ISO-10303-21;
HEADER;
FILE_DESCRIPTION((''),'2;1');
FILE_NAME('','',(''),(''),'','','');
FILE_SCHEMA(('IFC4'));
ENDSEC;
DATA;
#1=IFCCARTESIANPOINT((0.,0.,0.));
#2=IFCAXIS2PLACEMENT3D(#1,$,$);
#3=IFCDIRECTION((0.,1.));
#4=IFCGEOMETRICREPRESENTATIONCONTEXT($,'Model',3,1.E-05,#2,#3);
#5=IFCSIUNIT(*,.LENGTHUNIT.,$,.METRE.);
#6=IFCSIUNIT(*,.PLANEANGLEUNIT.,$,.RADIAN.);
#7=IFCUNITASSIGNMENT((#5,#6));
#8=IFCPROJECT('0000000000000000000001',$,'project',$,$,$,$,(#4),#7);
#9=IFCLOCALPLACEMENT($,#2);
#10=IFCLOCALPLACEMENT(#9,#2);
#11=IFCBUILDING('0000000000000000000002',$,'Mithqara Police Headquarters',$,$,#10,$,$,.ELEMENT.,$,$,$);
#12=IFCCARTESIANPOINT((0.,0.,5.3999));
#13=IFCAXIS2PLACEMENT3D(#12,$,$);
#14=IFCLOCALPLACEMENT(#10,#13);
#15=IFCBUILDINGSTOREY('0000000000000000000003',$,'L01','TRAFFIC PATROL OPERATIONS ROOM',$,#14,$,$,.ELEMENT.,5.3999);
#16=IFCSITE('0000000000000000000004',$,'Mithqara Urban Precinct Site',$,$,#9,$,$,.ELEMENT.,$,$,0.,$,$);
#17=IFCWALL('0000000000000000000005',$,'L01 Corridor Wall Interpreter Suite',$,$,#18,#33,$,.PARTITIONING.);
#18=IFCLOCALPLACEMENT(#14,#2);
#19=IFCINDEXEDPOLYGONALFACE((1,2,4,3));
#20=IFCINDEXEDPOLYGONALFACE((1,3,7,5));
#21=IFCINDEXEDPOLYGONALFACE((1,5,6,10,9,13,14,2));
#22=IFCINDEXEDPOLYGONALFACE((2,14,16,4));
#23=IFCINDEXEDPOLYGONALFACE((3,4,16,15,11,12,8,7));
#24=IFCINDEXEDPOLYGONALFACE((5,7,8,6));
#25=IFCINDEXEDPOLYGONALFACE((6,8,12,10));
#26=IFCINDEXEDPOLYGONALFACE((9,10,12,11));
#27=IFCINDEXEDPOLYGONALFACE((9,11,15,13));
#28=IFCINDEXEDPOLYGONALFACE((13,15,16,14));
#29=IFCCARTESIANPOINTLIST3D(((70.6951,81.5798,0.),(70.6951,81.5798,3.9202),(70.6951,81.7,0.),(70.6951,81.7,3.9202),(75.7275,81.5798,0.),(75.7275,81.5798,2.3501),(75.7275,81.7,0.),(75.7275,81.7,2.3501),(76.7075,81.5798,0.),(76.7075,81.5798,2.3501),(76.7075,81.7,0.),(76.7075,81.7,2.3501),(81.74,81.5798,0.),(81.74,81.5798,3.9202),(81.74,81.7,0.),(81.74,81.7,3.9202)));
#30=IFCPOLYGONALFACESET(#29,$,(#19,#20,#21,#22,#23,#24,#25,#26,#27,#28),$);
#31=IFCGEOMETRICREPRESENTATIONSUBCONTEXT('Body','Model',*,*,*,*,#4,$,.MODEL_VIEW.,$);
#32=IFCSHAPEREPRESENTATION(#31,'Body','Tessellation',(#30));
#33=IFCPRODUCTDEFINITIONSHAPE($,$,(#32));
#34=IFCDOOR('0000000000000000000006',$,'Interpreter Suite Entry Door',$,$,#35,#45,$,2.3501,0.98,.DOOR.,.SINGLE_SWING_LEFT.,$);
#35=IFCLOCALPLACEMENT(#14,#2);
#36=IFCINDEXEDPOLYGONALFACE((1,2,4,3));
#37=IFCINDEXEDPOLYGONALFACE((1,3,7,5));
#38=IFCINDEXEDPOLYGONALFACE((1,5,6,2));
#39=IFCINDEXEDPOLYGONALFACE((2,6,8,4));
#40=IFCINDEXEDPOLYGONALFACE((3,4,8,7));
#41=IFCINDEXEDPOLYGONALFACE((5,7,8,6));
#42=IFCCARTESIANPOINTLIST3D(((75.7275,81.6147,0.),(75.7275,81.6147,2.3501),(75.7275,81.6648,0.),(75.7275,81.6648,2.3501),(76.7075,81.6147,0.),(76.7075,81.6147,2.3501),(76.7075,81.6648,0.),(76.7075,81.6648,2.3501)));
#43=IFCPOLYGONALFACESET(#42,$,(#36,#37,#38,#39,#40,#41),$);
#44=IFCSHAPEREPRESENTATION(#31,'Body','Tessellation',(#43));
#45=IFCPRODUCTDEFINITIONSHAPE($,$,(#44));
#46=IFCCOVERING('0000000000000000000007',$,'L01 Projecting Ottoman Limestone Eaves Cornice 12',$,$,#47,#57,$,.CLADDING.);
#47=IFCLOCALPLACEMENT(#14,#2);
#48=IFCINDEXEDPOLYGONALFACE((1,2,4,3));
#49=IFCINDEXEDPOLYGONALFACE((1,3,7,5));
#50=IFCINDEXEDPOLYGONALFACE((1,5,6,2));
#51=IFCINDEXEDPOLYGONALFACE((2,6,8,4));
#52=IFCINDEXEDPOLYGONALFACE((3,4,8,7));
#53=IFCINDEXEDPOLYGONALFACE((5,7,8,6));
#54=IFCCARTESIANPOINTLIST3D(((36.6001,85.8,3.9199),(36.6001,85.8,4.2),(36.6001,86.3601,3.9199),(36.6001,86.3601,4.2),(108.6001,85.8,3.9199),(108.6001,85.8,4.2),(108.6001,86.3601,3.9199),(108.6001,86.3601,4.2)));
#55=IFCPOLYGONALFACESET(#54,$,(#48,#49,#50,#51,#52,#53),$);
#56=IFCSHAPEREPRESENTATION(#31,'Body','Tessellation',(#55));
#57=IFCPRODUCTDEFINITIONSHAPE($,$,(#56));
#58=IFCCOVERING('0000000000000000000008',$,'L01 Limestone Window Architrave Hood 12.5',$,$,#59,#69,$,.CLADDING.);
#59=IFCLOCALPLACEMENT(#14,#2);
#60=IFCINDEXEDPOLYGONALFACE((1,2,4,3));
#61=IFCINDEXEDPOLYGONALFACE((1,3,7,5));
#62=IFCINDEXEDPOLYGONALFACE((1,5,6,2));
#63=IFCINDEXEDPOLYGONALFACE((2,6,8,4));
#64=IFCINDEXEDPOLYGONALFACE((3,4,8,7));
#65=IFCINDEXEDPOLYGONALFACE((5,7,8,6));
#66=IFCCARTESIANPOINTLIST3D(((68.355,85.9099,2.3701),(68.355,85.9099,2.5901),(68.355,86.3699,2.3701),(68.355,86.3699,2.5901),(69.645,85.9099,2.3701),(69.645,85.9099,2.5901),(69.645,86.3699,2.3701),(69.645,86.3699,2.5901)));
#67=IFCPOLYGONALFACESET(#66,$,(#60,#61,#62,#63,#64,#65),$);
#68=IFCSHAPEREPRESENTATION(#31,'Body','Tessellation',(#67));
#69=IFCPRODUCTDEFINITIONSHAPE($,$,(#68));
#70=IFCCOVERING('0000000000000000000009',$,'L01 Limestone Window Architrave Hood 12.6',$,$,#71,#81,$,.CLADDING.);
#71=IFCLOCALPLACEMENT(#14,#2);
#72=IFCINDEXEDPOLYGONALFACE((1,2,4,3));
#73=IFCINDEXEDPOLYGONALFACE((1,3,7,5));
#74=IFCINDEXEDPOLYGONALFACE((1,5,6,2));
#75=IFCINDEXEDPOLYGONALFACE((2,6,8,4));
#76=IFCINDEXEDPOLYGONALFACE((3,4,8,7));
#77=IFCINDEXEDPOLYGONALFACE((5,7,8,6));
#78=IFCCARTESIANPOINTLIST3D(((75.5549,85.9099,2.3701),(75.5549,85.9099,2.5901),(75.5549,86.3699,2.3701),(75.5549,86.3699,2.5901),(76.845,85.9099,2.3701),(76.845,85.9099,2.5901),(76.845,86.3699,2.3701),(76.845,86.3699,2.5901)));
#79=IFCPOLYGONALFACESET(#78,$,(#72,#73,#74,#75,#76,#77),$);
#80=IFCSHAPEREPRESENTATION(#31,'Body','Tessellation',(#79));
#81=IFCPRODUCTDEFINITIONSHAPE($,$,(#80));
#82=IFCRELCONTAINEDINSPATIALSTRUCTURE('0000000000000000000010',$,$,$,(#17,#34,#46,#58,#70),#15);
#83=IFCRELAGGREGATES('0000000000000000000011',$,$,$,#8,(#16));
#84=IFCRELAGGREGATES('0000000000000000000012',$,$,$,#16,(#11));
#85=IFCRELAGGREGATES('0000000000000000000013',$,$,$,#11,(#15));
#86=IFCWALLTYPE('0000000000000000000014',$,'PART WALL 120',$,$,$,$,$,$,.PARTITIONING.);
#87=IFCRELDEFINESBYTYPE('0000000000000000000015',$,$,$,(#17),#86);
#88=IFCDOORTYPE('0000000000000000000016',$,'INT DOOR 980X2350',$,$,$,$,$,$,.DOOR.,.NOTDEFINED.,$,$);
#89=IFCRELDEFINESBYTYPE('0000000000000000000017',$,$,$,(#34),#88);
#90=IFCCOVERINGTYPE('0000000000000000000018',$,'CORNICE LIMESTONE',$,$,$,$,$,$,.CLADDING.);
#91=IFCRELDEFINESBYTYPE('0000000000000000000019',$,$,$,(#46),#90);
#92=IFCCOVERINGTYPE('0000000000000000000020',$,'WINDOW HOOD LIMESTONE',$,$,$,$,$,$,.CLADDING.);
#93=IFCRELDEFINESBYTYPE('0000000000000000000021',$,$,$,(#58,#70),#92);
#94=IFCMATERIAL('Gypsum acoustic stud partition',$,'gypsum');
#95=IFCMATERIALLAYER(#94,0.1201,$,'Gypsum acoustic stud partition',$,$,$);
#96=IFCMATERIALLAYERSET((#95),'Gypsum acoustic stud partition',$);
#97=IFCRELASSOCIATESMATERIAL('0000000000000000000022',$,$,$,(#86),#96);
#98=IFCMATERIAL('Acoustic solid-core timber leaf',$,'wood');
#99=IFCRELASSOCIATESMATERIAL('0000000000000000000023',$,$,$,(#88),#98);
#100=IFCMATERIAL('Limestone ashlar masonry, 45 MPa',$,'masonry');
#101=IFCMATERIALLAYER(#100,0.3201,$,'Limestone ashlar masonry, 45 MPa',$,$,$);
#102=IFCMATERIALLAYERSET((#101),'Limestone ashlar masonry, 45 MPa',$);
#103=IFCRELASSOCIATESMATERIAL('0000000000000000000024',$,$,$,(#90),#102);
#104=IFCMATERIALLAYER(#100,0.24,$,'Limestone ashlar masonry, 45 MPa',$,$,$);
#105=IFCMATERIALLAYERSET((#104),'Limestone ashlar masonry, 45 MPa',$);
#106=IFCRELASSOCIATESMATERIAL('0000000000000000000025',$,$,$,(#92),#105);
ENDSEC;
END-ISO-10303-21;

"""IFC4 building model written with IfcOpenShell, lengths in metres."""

from ifc_helpers import new_model, si_unit, direction, frame, frame_2d, origin, origin_2d, place, context, subcontext, project, spatial, rectangle, extrude, material, layer, layer_set, type_object, element, fill, save


model = new_model("IFC4")

# Units and contexts
model_context = context("Model", 3, precision=1e-05, world=origin(), true_north=direction((0.0, 1.0)))
body_context = subcontext(model_context, "Body", "Model", "MODEL_VIEW")
ifc_project = project(units=[si_unit("LENGTHUNIT", "METRE"), si_unit("PLANEANGLEUNIT", "RADIAN")], contexts=[model_context])

# Site, building, storey
site_placement = place(None, origin())
site = spatial("IfcSite", under=ifc_project, at=site_placement, Name="Mithqara Urban Precinct Site", CompositionType="ELEMENT", RefElevation=0.0)
building_placement = place(site_placement, origin())
building = spatial("IfcBuilding", under=site, at=building_placement, Name="Mithqara Police Headquarters", CompositionType="ELEMENT")
storey_placement = place(building_placement, frame((0.0, 0.0, 5.3999)))
storey = spatial("IfcBuildingStorey", under=building, at=storey_placement, Name="L01", Description="TRAFFIC PATROL OPERATIONS ROOM", CompositionType="ELEMENT", Elevation=5.3999)

# Shared definitions
ifc_material_1 = material(Name="Gypsum acoustic stud partition", Category="gypsum")
ifc_layer_1 = layer(ifc_material_1, 0.1201, Name="Gypsum acoustic stud partition")
ifc_layer_set_1 = layer_set([ifc_layer_1], Name="Gypsum acoustic stud partition")
wall_type = type_object("IfcWallType", Name="PART WALL 120", PredefinedType="PARTITIONING", material=ifc_layer_set_1)

# Wall, opening, door
wall_1_placement = place(storey_placement, frame((70.6951, 81.6399, 0.0), z_axis=(0.0, 0.0, 1.0), x_axis=(1.0, 0.0, 0.0)))
wall_1 = element("IfcWall", 1, at=wall_1_placement, inside=storey, type_object=wall_type, Name="L01 Corridor Wall Interpreter Suite", PredefinedType="PARTITIONING", context=body_context, shape_type="SweptSolid", body=[
    extrude(rectangle(XDim=11.0449, YDim=0.1201, at=frame_2d((5.5225, 0.0))), origin(), (0.0, 0.0, 1.0), 3.9202),
])
opening_placement = place(wall_1_placement, frame((5.0325, 0.0, 0.0)))
opening = element("IfcOpeningElement", 2, at=opening_placement, cuts=wall_1, PredefinedType="OPENING", context=body_context, shape_type="SweptSolid", body=[
    extrude(rectangle(XDim=0.98, YDim=2.3501, at=frame_2d((0.49, 1.175))), frame((0.0, 0.0701, 0.0), z_axis=(0.0, -1.0, 0.0), x_axis=(1.0, 0.0, 0.0)), (0.0, 0.0, 1.0), 0.1401),
])
ifc_material_2 = material(Name="Acoustic solid-core timber leaf", Category="wood")
door_type = type_object("IfcDoorType", Name="INT DOOR 980X2350", OperationType="NOTDEFINED", PredefinedType="DOOR", material=ifc_material_2)
door_placement = place(opening_placement, origin())
door = element("IfcDoor", 3, at=door_placement, inside=storey, type_object=door_type, Name="Interpreter Suite Entry Door", OperationType="SINGLE_SWING_LEFT", OverallHeight=2.3501, OverallWidth=0.98, PredefinedType="DOOR", context=body_context, shape_type="SweptSolid", body=[
    extrude(rectangle(XDim=0.98, YDim=2.3501, at=frame_2d((0.49, 1.175))), frame((0.0, 0.0249, 0.0), z_axis=(0.0, -1.0, 0.0), x_axis=(1.0, 0.0, 0.0)), (0.0, 0.0, 1.0), 0.05),
])
fill(opening, door)

# Coverings
ifc_material_3 = material(Name="Limestone ashlar masonry, 45 MPa", Category="masonry")
ifc_layer_2 = layer(ifc_material_3, 0.3201, Name="Limestone ashlar masonry, 45 MPa")
ifc_layer_set_2 = layer_set([ifc_layer_2], Name="Limestone ashlar masonry, 45 MPa")
covering_type_1 = type_object("IfcCoveringType", Name="CORNICE LIMESTONE", PredefinedType="CLADDING", material=ifc_layer_set_2)
covering_placement = place(storey_placement, frame((72.6001, 86.0801, 3.9199), z_axis=(0.0, 0.0, 1.0), x_axis=(1.0, 0.0, 0.0)))
element("IfcCovering", 4, at=covering_placement, inside=storey, type_object=covering_type_1, Name="L01 Projecting Ottoman Limestone Eaves Cornice 12", PredefinedType="CLADDING", context=body_context, shape_type="SweptSolid", body=[
    extrude(rectangle(XDim=72.0, YDim=0.5601, at=origin_2d()), origin(), (0.0, 0.0, 1.0), 0.28),
])
ifc_layer_3 = layer(ifc_material_3, 0.24, Name="Limestone ashlar masonry, 45 MPa")
ifc_layer_set_3 = layer_set([ifc_layer_3], Name="Limestone ashlar masonry, 45 MPa")
covering_type_2 = type_object("IfcCoveringType", Name="WINDOW HOOD LIMESTONE", PredefinedType="CLADDING", material=ifc_layer_set_3)
for number, where, z_axis, x_axis, name in (
    (5, (69.0, 86.1399, 2.3701), (0.0, 0.0, 1.0), (1.0, 0.0, 0.0), "L01 Limestone Window Architrave Hood 12.5"),
    (6, (76.2, 86.1399, 2.3701), (0.0, 0.0, 1.0), (1.0, 0.0, 0.0), "L01 Limestone Window Architrave Hood 12.6"),
):
    element("IfcCovering", number, at=place(storey_placement, frame(where, z_axis=z_axis, x_axis=x_axis)), inside=storey, type_object=covering_type_2, Name=name, PredefinedType="CLADDING", context=body_context, shape_type="SweptSolid", body=[
        extrude(rectangle(XDim=1.29, YDim=0.46, at=origin_2d()), origin(), (0.0, 0.0, 1.0), 0.22),
    ])

save(model, "model.ifc")
